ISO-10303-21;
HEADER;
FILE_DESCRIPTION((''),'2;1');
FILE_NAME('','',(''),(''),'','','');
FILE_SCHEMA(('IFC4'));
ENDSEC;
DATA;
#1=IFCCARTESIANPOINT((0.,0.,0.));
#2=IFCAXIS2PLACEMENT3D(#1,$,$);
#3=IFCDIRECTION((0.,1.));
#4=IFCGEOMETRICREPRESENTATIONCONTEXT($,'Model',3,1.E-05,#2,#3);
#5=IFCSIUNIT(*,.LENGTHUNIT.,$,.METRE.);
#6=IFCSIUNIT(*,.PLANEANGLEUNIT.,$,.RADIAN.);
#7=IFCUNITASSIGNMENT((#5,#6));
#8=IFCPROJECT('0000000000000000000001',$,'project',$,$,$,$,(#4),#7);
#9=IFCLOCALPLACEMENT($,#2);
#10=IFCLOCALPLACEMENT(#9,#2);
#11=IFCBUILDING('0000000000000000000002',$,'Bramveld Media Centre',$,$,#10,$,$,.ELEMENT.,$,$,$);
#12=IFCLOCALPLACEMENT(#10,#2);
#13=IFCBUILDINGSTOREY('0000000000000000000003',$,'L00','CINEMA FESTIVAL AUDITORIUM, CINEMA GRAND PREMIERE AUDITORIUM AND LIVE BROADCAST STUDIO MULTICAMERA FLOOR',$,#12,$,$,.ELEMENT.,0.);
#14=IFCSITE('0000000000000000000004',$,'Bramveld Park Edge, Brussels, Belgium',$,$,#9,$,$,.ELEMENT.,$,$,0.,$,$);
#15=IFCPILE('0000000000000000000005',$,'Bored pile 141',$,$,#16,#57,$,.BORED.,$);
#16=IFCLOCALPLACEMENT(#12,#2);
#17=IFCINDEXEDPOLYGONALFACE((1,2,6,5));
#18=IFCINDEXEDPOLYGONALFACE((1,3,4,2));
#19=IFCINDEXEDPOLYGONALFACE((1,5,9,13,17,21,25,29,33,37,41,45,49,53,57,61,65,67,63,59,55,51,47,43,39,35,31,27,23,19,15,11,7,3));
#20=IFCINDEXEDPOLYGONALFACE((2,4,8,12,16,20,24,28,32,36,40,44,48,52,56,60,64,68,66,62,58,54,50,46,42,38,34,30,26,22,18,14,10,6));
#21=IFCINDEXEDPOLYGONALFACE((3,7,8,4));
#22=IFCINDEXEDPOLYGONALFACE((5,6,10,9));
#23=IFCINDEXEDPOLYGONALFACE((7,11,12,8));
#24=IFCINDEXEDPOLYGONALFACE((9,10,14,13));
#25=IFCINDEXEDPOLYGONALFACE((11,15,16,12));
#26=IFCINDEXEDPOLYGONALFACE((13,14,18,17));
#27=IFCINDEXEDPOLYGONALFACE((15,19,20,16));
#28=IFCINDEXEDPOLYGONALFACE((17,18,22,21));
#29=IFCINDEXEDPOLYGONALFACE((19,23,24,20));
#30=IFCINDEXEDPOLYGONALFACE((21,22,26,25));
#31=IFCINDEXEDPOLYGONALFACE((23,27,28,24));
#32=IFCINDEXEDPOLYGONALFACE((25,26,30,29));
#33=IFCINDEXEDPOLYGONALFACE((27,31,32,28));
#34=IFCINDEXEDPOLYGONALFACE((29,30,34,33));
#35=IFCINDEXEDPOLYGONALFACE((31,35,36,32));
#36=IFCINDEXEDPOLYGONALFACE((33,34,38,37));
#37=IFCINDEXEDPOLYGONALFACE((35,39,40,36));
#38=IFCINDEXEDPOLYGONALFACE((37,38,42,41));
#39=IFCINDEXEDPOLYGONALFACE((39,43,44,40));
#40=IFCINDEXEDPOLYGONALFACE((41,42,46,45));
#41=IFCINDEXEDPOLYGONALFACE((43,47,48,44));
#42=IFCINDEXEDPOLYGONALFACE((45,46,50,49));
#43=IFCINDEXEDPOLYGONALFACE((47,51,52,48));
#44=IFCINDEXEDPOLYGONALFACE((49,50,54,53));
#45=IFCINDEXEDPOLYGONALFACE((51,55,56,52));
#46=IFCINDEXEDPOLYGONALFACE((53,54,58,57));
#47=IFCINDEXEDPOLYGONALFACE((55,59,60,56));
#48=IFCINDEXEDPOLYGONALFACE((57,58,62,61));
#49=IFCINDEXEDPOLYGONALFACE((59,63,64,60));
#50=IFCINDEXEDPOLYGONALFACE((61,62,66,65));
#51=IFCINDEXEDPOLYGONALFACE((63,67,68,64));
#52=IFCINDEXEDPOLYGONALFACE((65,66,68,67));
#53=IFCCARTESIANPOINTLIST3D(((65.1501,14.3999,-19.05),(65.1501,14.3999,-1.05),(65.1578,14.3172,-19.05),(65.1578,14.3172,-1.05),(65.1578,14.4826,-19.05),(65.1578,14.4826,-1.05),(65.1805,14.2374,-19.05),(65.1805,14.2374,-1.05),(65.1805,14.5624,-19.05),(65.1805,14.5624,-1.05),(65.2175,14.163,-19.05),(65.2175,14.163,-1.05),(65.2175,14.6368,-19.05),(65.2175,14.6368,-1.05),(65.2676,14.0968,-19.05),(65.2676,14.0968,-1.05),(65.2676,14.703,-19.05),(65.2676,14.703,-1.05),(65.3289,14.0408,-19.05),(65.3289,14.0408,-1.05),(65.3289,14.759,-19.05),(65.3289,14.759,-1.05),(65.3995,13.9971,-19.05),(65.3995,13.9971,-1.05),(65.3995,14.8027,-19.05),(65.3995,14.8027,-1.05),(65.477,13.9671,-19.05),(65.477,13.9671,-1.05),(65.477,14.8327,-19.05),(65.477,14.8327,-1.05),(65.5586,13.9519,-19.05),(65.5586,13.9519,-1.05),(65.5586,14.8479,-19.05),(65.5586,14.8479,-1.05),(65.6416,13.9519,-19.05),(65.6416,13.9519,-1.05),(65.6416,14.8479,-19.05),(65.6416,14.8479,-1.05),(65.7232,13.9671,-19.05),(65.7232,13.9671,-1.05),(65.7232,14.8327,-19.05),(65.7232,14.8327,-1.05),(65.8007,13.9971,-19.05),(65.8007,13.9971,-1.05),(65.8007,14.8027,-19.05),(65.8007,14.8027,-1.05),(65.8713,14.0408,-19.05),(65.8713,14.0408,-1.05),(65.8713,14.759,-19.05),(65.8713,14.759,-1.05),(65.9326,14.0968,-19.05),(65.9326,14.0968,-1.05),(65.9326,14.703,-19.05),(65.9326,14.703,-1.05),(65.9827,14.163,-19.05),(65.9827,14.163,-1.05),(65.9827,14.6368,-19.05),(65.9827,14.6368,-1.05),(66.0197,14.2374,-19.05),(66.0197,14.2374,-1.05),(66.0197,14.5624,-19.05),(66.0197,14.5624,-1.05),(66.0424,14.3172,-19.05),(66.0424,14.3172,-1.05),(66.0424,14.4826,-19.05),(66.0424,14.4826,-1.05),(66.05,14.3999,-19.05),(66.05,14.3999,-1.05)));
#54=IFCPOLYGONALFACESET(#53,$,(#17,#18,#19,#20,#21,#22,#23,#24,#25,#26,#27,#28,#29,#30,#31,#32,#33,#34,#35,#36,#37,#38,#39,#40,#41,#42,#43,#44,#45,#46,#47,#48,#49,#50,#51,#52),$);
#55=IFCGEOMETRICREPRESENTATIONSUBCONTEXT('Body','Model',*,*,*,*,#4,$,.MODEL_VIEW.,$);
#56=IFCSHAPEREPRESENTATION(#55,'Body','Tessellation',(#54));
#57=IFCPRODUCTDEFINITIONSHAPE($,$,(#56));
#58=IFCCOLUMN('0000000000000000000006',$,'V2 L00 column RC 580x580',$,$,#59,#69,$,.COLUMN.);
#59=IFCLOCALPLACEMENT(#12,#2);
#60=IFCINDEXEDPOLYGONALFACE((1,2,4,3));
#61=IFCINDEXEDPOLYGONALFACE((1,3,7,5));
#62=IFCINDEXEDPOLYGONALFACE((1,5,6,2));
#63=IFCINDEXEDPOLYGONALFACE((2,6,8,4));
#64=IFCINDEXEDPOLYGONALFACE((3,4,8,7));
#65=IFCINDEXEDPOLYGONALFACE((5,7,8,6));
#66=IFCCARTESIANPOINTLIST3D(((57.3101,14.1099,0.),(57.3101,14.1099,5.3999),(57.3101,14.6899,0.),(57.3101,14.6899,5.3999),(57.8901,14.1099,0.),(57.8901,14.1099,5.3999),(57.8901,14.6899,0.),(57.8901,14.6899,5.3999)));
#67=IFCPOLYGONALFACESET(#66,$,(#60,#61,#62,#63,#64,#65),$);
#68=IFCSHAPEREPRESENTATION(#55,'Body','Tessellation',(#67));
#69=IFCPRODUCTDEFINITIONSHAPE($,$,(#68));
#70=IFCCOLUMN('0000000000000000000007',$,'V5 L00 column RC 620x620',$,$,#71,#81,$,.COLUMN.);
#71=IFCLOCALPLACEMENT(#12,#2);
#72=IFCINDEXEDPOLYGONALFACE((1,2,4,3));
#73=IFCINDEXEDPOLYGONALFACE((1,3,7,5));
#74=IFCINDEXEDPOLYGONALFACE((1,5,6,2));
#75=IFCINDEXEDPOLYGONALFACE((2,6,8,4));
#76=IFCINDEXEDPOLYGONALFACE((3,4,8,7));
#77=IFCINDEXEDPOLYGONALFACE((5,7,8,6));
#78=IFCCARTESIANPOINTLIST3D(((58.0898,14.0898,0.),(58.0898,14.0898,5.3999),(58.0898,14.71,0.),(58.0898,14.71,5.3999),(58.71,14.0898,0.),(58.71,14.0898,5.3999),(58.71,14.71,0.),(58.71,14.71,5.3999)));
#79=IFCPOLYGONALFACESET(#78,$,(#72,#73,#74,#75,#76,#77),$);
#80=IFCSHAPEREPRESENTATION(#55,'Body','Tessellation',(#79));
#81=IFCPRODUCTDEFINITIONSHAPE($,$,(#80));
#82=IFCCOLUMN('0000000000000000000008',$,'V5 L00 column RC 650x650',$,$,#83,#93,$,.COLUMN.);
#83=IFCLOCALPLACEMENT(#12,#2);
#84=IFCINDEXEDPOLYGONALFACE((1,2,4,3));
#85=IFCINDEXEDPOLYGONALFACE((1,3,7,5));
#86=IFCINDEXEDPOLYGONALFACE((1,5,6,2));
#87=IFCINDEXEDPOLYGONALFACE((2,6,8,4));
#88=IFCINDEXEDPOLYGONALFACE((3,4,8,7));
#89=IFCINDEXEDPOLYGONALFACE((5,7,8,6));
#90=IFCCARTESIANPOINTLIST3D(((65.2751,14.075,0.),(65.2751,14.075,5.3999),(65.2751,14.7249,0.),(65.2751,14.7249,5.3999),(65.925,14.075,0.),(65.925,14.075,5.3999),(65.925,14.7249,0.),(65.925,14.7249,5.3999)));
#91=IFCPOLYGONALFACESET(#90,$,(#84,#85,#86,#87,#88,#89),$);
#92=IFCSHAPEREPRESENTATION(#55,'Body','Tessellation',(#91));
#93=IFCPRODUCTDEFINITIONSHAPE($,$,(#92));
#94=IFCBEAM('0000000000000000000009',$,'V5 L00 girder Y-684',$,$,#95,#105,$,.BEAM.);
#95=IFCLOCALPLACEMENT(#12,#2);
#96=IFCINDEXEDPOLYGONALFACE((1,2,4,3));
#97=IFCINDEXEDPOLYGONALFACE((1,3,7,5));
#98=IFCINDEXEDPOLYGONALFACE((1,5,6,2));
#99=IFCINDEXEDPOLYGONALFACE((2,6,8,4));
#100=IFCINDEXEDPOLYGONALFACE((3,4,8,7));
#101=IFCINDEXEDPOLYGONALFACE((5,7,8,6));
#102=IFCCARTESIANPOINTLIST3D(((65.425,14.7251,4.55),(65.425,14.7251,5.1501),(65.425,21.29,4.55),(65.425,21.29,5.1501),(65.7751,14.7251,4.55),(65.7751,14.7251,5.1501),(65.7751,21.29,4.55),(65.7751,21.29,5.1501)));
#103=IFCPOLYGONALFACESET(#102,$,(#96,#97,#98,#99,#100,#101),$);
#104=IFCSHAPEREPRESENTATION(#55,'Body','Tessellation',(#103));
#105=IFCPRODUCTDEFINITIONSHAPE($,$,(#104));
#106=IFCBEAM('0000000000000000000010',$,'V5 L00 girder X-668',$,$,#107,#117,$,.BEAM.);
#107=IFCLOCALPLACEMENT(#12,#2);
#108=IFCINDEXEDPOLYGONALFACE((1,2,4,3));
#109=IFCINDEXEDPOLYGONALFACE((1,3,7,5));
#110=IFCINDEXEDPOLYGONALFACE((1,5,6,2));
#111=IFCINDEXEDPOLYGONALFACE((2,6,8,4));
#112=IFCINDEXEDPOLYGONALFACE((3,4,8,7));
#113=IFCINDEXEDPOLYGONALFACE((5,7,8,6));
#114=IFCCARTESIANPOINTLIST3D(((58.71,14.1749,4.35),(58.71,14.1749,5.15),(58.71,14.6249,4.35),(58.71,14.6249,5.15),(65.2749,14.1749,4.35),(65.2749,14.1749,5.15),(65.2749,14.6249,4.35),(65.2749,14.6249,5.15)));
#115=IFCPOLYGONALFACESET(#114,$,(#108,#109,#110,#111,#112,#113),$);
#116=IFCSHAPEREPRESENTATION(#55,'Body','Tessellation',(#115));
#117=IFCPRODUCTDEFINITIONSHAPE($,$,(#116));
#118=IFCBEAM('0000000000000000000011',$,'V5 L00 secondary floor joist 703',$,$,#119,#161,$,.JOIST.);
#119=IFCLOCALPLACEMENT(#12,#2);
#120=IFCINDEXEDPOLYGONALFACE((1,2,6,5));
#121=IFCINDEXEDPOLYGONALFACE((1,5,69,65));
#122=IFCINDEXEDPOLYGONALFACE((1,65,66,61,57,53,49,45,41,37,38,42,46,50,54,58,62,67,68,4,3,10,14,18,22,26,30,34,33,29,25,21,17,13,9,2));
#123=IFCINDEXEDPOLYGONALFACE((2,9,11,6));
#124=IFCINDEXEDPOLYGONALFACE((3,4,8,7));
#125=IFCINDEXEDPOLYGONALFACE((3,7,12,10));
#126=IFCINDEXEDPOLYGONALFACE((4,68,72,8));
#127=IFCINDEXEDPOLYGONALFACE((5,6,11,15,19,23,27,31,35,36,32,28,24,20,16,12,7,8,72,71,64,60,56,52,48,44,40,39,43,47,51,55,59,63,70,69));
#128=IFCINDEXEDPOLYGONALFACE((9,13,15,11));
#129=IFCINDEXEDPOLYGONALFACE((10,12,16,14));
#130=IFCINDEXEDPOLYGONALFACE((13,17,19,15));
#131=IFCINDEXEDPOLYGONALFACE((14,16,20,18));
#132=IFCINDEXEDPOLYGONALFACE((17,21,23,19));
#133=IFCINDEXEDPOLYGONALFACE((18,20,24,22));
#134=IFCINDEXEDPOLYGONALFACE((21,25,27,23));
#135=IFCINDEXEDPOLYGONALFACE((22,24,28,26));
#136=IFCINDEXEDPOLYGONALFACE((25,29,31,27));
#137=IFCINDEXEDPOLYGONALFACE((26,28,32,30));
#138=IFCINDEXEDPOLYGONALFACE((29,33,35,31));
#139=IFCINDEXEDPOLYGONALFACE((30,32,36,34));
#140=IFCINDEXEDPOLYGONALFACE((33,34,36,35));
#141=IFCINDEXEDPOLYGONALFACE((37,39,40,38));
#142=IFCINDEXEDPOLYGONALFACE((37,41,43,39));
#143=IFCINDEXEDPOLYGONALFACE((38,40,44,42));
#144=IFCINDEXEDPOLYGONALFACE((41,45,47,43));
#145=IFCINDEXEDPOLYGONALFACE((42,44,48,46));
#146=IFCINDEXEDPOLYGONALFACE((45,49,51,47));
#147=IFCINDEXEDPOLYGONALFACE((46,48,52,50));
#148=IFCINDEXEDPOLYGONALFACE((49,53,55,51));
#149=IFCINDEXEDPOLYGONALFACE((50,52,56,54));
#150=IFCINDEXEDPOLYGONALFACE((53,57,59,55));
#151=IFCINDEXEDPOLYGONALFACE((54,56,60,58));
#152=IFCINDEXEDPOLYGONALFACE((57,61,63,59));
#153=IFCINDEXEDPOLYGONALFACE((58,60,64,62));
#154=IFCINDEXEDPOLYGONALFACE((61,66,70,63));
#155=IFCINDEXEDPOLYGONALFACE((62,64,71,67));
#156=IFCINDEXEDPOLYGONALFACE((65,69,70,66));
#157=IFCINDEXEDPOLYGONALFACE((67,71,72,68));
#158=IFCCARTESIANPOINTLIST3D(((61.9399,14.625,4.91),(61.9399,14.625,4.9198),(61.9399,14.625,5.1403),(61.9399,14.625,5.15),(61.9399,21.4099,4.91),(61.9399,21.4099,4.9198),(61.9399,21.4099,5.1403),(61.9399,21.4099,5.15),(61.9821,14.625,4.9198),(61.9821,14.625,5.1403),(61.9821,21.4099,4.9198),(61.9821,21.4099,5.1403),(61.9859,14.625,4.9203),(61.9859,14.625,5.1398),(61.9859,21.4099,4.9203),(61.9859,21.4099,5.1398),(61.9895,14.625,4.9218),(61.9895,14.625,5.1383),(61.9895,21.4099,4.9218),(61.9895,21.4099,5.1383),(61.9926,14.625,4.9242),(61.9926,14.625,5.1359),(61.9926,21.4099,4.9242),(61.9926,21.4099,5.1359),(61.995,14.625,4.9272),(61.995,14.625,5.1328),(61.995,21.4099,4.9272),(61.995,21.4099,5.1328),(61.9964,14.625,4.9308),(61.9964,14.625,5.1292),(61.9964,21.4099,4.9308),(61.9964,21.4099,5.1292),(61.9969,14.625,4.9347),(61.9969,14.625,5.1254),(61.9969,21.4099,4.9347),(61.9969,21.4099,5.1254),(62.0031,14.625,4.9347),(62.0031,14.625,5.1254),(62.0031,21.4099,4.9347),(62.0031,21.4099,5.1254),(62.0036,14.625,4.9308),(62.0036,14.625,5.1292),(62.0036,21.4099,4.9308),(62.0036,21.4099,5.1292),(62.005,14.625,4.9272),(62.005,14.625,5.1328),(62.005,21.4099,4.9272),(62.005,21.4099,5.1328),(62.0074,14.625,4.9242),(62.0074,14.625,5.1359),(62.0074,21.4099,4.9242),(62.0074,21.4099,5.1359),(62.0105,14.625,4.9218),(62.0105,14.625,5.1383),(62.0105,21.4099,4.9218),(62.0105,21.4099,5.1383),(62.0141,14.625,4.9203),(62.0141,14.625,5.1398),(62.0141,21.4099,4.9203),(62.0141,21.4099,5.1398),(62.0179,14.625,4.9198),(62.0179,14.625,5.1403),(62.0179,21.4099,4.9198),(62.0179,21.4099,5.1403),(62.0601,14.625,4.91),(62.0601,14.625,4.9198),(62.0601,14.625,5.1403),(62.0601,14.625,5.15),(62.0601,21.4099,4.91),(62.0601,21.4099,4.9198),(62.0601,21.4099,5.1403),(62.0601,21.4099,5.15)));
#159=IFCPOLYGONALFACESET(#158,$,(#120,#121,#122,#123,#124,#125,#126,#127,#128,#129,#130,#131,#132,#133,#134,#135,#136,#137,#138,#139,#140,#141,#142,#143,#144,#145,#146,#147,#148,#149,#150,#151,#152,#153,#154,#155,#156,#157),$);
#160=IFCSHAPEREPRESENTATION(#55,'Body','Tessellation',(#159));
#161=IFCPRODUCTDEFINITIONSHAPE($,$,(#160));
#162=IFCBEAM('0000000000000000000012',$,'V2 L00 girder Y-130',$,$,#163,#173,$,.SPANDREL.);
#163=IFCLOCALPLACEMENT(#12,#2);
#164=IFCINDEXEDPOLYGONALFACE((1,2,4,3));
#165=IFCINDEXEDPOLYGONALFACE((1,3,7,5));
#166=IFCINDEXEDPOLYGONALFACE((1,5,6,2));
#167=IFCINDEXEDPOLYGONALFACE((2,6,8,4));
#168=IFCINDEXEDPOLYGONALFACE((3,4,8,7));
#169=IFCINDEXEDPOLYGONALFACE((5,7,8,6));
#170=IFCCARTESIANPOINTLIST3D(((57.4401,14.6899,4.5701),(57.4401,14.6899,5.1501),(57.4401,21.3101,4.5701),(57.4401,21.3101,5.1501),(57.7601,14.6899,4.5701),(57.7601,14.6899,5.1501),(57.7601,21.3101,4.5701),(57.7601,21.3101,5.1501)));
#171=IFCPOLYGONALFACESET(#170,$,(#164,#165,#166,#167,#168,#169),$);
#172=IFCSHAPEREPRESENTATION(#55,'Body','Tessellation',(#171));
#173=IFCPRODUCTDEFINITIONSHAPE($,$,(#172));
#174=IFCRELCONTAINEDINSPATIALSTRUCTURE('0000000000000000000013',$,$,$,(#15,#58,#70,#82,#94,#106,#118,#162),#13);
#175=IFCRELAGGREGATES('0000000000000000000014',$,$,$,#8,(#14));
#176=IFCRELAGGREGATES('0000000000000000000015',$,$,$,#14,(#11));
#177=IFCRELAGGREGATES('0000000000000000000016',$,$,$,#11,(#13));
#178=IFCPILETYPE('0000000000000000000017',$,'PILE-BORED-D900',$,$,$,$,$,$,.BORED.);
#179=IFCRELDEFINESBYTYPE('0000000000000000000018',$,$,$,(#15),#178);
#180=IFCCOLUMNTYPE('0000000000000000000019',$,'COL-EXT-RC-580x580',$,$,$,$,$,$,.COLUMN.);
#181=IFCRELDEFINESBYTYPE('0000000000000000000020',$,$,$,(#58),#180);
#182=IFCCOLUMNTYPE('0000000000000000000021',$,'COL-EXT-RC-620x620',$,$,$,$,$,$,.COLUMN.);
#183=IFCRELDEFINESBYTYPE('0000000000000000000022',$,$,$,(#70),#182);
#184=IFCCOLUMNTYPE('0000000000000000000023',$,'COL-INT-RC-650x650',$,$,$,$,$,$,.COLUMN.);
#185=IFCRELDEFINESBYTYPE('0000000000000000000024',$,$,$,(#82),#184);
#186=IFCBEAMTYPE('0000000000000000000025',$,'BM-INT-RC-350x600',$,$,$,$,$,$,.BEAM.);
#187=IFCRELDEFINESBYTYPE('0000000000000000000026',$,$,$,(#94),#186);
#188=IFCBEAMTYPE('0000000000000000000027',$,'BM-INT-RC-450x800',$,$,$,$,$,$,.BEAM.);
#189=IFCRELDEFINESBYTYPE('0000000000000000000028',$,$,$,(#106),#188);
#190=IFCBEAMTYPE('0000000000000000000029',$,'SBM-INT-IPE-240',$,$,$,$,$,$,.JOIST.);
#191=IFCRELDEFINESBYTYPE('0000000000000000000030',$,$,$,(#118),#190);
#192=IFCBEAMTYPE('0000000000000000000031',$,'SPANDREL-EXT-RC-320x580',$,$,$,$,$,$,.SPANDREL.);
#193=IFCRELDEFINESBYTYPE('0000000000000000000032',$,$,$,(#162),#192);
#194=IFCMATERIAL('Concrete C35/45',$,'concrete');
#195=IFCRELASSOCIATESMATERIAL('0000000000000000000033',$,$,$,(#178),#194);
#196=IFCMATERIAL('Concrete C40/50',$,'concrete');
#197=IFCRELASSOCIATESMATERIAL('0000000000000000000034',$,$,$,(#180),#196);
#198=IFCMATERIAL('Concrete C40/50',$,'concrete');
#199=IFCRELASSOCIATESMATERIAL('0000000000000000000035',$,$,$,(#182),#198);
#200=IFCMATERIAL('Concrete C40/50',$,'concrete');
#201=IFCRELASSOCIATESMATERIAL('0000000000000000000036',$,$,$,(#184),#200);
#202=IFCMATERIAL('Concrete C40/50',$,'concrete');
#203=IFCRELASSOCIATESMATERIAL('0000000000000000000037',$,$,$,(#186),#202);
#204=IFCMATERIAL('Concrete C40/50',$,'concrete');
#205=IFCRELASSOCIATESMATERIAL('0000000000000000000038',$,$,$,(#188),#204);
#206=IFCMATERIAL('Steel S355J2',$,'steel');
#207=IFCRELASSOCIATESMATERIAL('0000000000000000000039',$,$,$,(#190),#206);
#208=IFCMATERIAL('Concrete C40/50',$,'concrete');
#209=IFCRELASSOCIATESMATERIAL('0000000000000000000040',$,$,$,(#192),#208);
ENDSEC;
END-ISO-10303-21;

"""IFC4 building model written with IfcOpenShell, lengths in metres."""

from ifc_helpers import new_model, si_unit, direction, frame, origin, origin_2d, place, context, subcontext, project, spatial, rectangle, circle, i_section, extrude, material, material_profile, profile_set, type_object, element, save


model = new_model("IFC4")

# Units and contexts
model_context = context("Model", 3, precision=1e-05, world=origin(), true_north=direction((0.0, 1.0)))
body_context = subcontext(model_context, "Body", "Model", "MODEL_VIEW")
ifc_project = project(units=[si_unit("LENGTHUNIT", "METRE"), si_unit("PLANEANGLEUNIT", "RADIAN")], contexts=[model_context])

# Site, building, storey
site_placement = place(None, origin())
site = spatial("IfcSite", under=ifc_project, at=site_placement, Name="Bramveld Park Edge, Brussels, Belgium", CompositionType="ELEMENT", RefElevation=0.0)
building_placement = place(site_placement, origin())
building = spatial("IfcBuilding", under=site, at=building_placement, Name="Bramveld Media Centre", CompositionType="ELEMENT")
storey_placement = place(building_placement, origin())
storey = spatial("IfcBuildingStorey", under=building, at=storey_placement, Name="L00", Description="CINEMA FESTIVAL AUDITORIUM, CINEMA GRAND PREMIERE AUDITORIUM AND LIVE BROADCAST STUDIO MULTICAMERA FLOOR", CompositionType="ELEMENT", Elevation=0.0)

# Pile
ifc_material_1 = material(Name="Concrete C35/45", Category="concrete")
ifc_material_profile_1 = material_profile(ifc_material_1, circle(Radius=0.45, at=origin_2d()), Name="BORED D900")
ifc_profile_set_1 = profile_set([ifc_material_profile_1], Name="Concrete C35/45")
pile_type_1 = type_object("IfcPileType", Name="PILE-BORED-D900", PredefinedType="BORED", material=ifc_profile_set_1)
pile_placement = place(storey_placement, frame((65.6001, 14.3999, -1.05), z_axis=(0.0, 0.0, -1.0), x_axis=(1.0, 0.0, 0.0)))
element("IfcPile", 1, at=pile_placement, inside=storey, type_object=pile_type_1, Name="Bored pile 141", PredefinedType="BORED", context=body_context, shape_type="SweptSolid", body=[
    extrude(circle(Radius=0.45, at=origin_2d()), origin(), (0.0, 0.0, 1.0), 18.0),
])

# Columns
ifc_material_2 = material(Name="Concrete C40/50", Category="concrete")
ifc_material_profile_2 = material_profile(ifc_material_2, rectangle(XDim=0.5801, YDim=0.5801, at=origin_2d()), Name="RC 580x580")
ifc_profile_set_2 = profile_set([ifc_material_profile_2], Name="Concrete C40/50")
column_type_1 = type_object("IfcColumnType", Name="COL-EXT-RC-580x580", PredefinedType="COLUMN", material=ifc_profile_set_2)
column_1_placement = place(storey_placement, frame((57.6001, 14.3999, 0.0), z_axis=(0.0, 0.0, 1.0), x_axis=(1.0, 0.0, 0.0)))
element("IfcColumn", 2, at=column_1_placement, inside=storey, type_object=column_type_1, Name="V2 L00 column RC 580x580", PredefinedType="COLUMN", context=body_context, shape_type="SweptSolid", body=[
    extrude(rectangle(XDim=0.5801, YDim=0.5801, at=origin_2d()), origin(), (0.0, 0.0, 1.0), 5.3999),
])
ifc_material_3 = material(Name="Concrete C40/50", Category="concrete")
ifc_material_profile_3 = material_profile(ifc_material_3, rectangle(XDim=0.6201, YDim=0.6201, at=origin_2d()), Name="RC 620x620")
ifc_profile_set_3 = profile_set([ifc_material_profile_3], Name="Concrete C40/50")
column_type_2 = type_object("IfcColumnType", Name="COL-EXT-RC-620x620", PredefinedType="COLUMN", material=ifc_profile_set_3)
column_2_placement = place(storey_placement, frame((58.3999, 14.3999, 0.0), z_axis=(0.0, 0.0, 1.0), x_axis=(1.0, 0.0, 0.0)))
element("IfcColumn", 3, at=column_2_placement, inside=storey, type_object=column_type_2, Name="V5 L00 column RC 620x620", PredefinedType="COLUMN", context=body_context, shape_type="SweptSolid", body=[
    extrude(rectangle(XDim=0.6201, YDim=0.6201, at=origin_2d()), origin(), (0.0, 0.0, 1.0), 5.3999),
])
ifc_material_4 = material(Name="Concrete C40/50", Category="concrete")
ifc_material_profile_4 = material_profile(ifc_material_4, rectangle(XDim=0.6499, YDim=0.6499, at=origin_2d()), Name="RC 650x650")
ifc_profile_set_4 = profile_set([ifc_material_profile_4], Name="Concrete C40/50")
column_type_3 = type_object("IfcColumnType", Name="COL-INT-RC-650x650", PredefinedType="COLUMN", material=ifc_profile_set_4)
column_3_placement = place(storey_placement, frame((65.6001, 14.3999, 0.0), z_axis=(0.0, 0.0, 1.0), x_axis=(1.0, 0.0, 0.0)))
element("IfcColumn", 4, at=column_3_placement, inside=storey, type_object=column_type_3, Name="V5 L00 column RC 650x650", PredefinedType="COLUMN", context=body_context, shape_type="SweptSolid", body=[
    extrude(rectangle(XDim=0.6499, YDim=0.6499, at=origin_2d()), origin(), (0.0, 0.0, 1.0), 5.3999),
])

# Beams
ifc_material_5 = material(Name="Concrete C40/50", Category="concrete")
ifc_material_profile_5 = material_profile(ifc_material_5, rectangle(XDim=0.3501, YDim=0.6001, at=origin_2d()), Name="RC 350x600")
ifc_profile_set_5 = profile_set([ifc_material_profile_5], Name="Concrete C40/50")
beam_type_1 = type_object("IfcBeamType", Name="BM-INT-RC-350x600", PredefinedType="BEAM", material=ifc_profile_set_5)
beam_1_placement = place(storey_placement, frame((65.6001, 14.7251, 4.8501), z_axis=(0.0, 1.0, 0.0), x_axis=(-1.0, 0.0, 0.0)))
element("IfcBeam", 5, at=beam_1_placement, inside=storey, type_object=beam_type_1, Name="V5 L00 girder Y-684", PredefinedType="BEAM", context=body_context, shape_type="SweptSolid", body=[
    extrude(rectangle(XDim=0.3501, YDim=0.6001, at=origin_2d()), origin(), (0.0, 0.0, 1.0), 6.5649),
])
ifc_material_6 = material(Name="Concrete C40/50", Category="concrete")
ifc_material_profile_6 = material_profile(ifc_material_6, rectangle(XDim=0.45, YDim=0.8, at=origin_2d()), Name="RC 450x800")
ifc_profile_set_6 = profile_set([ifc_material_profile_6], Name="Concrete C40/50")
beam_type_2 = type_object("IfcBeamType", Name="BM-INT-RC-450x800", PredefinedType="BEAM", material=ifc_profile_set_6)
beam_2_placement = place(storey_placement, frame((58.71, 14.3999, 4.75), z_axis=(1.0, 0.0, 0.0), x_axis=(0.0, 1.0, 0.0)))
element("IfcBeam", 6, at=beam_2_placement, inside=storey, type_object=beam_type_2, Name="V5 L00 girder X-668", PredefinedType="BEAM", context=body_context, shape_type="SweptSolid", body=[
    extrude(rectangle(XDim=0.45, YDim=0.8, at=origin_2d()), origin(), (0.0, 0.0, 1.0), 6.5649),
])
ifc_material_7 = material(Name="Steel S355J2", Category="steel")
ifc_material_profile_7 = material_profile(ifc_material_7, i_section(OverallWidth=0.1201, OverallDepth=0.24, WebThickness=0.0061, FlangeThickness=0.0098, FilletRadius=0.0149, at=origin_2d()), Name="IPE 240")
ifc_profile_set_7 = profile_set([ifc_material_profile_7], Name="Steel S355J2")
beam_type_3 = type_object("IfcBeamType", Name="SBM-INT-IPE-240", PredefinedType="JOIST", material=ifc_profile_set_7)
beam_3_placement = place(storey_placement, frame((62.0, 14.625, 5.03), z_axis=(0.0, 1.0, 0.0), x_axis=(-1.0, 0.0, 0.0)))
element("IfcBeam", 7, at=beam_3_placement, inside=storey, type_object=beam_type_3, Name="V5 L00 secondary floor joist 703", PredefinedType="JOIST", context=body_context, shape_type="SweptSolid", body=[
    extrude(i_section(OverallWidth=0.1201, OverallDepth=0.24, WebThickness=0.0061, FlangeThickness=0.0098, FilletRadius=0.0149, at=origin_2d()), origin(), (0.0, 0.0, 1.0), 6.7849),
])
ifc_material_8 = material(Name="Concrete C40/50", Category="concrete")
ifc_material_profile_8 = material_profile(ifc_material_8, rectangle(XDim=0.3201, YDim=0.5801, at=origin_2d()), Name="RC 320x580")
ifc_profile_set_8 = profile_set([ifc_material_profile_8], Name="Concrete C40/50")
beam_type_4 = type_object("IfcBeamType", Name="SPANDREL-EXT-RC-320x580", PredefinedType="SPANDREL", material=ifc_profile_set_8)
beam_4_placement = place(storey_placement, frame((57.6001, 14.6899, 4.8601), z_axis=(0.0, 1.0, 0.0), x_axis=(-1.0, 0.0, 0.0)))
element("IfcBeam", 8, at=beam_4_placement, inside=storey, type_object=beam_type_4, Name="V2 L00 girder Y-130", PredefinedType="SPANDREL", context=body_context, shape_type="SweptSolid", body=[
    extrude(rectangle(XDim=0.3201, YDim=0.5801, at=origin_2d()), origin(), (0.0, 0.0, 1.0), 6.6201),
])

save(model, "model.ifc")
